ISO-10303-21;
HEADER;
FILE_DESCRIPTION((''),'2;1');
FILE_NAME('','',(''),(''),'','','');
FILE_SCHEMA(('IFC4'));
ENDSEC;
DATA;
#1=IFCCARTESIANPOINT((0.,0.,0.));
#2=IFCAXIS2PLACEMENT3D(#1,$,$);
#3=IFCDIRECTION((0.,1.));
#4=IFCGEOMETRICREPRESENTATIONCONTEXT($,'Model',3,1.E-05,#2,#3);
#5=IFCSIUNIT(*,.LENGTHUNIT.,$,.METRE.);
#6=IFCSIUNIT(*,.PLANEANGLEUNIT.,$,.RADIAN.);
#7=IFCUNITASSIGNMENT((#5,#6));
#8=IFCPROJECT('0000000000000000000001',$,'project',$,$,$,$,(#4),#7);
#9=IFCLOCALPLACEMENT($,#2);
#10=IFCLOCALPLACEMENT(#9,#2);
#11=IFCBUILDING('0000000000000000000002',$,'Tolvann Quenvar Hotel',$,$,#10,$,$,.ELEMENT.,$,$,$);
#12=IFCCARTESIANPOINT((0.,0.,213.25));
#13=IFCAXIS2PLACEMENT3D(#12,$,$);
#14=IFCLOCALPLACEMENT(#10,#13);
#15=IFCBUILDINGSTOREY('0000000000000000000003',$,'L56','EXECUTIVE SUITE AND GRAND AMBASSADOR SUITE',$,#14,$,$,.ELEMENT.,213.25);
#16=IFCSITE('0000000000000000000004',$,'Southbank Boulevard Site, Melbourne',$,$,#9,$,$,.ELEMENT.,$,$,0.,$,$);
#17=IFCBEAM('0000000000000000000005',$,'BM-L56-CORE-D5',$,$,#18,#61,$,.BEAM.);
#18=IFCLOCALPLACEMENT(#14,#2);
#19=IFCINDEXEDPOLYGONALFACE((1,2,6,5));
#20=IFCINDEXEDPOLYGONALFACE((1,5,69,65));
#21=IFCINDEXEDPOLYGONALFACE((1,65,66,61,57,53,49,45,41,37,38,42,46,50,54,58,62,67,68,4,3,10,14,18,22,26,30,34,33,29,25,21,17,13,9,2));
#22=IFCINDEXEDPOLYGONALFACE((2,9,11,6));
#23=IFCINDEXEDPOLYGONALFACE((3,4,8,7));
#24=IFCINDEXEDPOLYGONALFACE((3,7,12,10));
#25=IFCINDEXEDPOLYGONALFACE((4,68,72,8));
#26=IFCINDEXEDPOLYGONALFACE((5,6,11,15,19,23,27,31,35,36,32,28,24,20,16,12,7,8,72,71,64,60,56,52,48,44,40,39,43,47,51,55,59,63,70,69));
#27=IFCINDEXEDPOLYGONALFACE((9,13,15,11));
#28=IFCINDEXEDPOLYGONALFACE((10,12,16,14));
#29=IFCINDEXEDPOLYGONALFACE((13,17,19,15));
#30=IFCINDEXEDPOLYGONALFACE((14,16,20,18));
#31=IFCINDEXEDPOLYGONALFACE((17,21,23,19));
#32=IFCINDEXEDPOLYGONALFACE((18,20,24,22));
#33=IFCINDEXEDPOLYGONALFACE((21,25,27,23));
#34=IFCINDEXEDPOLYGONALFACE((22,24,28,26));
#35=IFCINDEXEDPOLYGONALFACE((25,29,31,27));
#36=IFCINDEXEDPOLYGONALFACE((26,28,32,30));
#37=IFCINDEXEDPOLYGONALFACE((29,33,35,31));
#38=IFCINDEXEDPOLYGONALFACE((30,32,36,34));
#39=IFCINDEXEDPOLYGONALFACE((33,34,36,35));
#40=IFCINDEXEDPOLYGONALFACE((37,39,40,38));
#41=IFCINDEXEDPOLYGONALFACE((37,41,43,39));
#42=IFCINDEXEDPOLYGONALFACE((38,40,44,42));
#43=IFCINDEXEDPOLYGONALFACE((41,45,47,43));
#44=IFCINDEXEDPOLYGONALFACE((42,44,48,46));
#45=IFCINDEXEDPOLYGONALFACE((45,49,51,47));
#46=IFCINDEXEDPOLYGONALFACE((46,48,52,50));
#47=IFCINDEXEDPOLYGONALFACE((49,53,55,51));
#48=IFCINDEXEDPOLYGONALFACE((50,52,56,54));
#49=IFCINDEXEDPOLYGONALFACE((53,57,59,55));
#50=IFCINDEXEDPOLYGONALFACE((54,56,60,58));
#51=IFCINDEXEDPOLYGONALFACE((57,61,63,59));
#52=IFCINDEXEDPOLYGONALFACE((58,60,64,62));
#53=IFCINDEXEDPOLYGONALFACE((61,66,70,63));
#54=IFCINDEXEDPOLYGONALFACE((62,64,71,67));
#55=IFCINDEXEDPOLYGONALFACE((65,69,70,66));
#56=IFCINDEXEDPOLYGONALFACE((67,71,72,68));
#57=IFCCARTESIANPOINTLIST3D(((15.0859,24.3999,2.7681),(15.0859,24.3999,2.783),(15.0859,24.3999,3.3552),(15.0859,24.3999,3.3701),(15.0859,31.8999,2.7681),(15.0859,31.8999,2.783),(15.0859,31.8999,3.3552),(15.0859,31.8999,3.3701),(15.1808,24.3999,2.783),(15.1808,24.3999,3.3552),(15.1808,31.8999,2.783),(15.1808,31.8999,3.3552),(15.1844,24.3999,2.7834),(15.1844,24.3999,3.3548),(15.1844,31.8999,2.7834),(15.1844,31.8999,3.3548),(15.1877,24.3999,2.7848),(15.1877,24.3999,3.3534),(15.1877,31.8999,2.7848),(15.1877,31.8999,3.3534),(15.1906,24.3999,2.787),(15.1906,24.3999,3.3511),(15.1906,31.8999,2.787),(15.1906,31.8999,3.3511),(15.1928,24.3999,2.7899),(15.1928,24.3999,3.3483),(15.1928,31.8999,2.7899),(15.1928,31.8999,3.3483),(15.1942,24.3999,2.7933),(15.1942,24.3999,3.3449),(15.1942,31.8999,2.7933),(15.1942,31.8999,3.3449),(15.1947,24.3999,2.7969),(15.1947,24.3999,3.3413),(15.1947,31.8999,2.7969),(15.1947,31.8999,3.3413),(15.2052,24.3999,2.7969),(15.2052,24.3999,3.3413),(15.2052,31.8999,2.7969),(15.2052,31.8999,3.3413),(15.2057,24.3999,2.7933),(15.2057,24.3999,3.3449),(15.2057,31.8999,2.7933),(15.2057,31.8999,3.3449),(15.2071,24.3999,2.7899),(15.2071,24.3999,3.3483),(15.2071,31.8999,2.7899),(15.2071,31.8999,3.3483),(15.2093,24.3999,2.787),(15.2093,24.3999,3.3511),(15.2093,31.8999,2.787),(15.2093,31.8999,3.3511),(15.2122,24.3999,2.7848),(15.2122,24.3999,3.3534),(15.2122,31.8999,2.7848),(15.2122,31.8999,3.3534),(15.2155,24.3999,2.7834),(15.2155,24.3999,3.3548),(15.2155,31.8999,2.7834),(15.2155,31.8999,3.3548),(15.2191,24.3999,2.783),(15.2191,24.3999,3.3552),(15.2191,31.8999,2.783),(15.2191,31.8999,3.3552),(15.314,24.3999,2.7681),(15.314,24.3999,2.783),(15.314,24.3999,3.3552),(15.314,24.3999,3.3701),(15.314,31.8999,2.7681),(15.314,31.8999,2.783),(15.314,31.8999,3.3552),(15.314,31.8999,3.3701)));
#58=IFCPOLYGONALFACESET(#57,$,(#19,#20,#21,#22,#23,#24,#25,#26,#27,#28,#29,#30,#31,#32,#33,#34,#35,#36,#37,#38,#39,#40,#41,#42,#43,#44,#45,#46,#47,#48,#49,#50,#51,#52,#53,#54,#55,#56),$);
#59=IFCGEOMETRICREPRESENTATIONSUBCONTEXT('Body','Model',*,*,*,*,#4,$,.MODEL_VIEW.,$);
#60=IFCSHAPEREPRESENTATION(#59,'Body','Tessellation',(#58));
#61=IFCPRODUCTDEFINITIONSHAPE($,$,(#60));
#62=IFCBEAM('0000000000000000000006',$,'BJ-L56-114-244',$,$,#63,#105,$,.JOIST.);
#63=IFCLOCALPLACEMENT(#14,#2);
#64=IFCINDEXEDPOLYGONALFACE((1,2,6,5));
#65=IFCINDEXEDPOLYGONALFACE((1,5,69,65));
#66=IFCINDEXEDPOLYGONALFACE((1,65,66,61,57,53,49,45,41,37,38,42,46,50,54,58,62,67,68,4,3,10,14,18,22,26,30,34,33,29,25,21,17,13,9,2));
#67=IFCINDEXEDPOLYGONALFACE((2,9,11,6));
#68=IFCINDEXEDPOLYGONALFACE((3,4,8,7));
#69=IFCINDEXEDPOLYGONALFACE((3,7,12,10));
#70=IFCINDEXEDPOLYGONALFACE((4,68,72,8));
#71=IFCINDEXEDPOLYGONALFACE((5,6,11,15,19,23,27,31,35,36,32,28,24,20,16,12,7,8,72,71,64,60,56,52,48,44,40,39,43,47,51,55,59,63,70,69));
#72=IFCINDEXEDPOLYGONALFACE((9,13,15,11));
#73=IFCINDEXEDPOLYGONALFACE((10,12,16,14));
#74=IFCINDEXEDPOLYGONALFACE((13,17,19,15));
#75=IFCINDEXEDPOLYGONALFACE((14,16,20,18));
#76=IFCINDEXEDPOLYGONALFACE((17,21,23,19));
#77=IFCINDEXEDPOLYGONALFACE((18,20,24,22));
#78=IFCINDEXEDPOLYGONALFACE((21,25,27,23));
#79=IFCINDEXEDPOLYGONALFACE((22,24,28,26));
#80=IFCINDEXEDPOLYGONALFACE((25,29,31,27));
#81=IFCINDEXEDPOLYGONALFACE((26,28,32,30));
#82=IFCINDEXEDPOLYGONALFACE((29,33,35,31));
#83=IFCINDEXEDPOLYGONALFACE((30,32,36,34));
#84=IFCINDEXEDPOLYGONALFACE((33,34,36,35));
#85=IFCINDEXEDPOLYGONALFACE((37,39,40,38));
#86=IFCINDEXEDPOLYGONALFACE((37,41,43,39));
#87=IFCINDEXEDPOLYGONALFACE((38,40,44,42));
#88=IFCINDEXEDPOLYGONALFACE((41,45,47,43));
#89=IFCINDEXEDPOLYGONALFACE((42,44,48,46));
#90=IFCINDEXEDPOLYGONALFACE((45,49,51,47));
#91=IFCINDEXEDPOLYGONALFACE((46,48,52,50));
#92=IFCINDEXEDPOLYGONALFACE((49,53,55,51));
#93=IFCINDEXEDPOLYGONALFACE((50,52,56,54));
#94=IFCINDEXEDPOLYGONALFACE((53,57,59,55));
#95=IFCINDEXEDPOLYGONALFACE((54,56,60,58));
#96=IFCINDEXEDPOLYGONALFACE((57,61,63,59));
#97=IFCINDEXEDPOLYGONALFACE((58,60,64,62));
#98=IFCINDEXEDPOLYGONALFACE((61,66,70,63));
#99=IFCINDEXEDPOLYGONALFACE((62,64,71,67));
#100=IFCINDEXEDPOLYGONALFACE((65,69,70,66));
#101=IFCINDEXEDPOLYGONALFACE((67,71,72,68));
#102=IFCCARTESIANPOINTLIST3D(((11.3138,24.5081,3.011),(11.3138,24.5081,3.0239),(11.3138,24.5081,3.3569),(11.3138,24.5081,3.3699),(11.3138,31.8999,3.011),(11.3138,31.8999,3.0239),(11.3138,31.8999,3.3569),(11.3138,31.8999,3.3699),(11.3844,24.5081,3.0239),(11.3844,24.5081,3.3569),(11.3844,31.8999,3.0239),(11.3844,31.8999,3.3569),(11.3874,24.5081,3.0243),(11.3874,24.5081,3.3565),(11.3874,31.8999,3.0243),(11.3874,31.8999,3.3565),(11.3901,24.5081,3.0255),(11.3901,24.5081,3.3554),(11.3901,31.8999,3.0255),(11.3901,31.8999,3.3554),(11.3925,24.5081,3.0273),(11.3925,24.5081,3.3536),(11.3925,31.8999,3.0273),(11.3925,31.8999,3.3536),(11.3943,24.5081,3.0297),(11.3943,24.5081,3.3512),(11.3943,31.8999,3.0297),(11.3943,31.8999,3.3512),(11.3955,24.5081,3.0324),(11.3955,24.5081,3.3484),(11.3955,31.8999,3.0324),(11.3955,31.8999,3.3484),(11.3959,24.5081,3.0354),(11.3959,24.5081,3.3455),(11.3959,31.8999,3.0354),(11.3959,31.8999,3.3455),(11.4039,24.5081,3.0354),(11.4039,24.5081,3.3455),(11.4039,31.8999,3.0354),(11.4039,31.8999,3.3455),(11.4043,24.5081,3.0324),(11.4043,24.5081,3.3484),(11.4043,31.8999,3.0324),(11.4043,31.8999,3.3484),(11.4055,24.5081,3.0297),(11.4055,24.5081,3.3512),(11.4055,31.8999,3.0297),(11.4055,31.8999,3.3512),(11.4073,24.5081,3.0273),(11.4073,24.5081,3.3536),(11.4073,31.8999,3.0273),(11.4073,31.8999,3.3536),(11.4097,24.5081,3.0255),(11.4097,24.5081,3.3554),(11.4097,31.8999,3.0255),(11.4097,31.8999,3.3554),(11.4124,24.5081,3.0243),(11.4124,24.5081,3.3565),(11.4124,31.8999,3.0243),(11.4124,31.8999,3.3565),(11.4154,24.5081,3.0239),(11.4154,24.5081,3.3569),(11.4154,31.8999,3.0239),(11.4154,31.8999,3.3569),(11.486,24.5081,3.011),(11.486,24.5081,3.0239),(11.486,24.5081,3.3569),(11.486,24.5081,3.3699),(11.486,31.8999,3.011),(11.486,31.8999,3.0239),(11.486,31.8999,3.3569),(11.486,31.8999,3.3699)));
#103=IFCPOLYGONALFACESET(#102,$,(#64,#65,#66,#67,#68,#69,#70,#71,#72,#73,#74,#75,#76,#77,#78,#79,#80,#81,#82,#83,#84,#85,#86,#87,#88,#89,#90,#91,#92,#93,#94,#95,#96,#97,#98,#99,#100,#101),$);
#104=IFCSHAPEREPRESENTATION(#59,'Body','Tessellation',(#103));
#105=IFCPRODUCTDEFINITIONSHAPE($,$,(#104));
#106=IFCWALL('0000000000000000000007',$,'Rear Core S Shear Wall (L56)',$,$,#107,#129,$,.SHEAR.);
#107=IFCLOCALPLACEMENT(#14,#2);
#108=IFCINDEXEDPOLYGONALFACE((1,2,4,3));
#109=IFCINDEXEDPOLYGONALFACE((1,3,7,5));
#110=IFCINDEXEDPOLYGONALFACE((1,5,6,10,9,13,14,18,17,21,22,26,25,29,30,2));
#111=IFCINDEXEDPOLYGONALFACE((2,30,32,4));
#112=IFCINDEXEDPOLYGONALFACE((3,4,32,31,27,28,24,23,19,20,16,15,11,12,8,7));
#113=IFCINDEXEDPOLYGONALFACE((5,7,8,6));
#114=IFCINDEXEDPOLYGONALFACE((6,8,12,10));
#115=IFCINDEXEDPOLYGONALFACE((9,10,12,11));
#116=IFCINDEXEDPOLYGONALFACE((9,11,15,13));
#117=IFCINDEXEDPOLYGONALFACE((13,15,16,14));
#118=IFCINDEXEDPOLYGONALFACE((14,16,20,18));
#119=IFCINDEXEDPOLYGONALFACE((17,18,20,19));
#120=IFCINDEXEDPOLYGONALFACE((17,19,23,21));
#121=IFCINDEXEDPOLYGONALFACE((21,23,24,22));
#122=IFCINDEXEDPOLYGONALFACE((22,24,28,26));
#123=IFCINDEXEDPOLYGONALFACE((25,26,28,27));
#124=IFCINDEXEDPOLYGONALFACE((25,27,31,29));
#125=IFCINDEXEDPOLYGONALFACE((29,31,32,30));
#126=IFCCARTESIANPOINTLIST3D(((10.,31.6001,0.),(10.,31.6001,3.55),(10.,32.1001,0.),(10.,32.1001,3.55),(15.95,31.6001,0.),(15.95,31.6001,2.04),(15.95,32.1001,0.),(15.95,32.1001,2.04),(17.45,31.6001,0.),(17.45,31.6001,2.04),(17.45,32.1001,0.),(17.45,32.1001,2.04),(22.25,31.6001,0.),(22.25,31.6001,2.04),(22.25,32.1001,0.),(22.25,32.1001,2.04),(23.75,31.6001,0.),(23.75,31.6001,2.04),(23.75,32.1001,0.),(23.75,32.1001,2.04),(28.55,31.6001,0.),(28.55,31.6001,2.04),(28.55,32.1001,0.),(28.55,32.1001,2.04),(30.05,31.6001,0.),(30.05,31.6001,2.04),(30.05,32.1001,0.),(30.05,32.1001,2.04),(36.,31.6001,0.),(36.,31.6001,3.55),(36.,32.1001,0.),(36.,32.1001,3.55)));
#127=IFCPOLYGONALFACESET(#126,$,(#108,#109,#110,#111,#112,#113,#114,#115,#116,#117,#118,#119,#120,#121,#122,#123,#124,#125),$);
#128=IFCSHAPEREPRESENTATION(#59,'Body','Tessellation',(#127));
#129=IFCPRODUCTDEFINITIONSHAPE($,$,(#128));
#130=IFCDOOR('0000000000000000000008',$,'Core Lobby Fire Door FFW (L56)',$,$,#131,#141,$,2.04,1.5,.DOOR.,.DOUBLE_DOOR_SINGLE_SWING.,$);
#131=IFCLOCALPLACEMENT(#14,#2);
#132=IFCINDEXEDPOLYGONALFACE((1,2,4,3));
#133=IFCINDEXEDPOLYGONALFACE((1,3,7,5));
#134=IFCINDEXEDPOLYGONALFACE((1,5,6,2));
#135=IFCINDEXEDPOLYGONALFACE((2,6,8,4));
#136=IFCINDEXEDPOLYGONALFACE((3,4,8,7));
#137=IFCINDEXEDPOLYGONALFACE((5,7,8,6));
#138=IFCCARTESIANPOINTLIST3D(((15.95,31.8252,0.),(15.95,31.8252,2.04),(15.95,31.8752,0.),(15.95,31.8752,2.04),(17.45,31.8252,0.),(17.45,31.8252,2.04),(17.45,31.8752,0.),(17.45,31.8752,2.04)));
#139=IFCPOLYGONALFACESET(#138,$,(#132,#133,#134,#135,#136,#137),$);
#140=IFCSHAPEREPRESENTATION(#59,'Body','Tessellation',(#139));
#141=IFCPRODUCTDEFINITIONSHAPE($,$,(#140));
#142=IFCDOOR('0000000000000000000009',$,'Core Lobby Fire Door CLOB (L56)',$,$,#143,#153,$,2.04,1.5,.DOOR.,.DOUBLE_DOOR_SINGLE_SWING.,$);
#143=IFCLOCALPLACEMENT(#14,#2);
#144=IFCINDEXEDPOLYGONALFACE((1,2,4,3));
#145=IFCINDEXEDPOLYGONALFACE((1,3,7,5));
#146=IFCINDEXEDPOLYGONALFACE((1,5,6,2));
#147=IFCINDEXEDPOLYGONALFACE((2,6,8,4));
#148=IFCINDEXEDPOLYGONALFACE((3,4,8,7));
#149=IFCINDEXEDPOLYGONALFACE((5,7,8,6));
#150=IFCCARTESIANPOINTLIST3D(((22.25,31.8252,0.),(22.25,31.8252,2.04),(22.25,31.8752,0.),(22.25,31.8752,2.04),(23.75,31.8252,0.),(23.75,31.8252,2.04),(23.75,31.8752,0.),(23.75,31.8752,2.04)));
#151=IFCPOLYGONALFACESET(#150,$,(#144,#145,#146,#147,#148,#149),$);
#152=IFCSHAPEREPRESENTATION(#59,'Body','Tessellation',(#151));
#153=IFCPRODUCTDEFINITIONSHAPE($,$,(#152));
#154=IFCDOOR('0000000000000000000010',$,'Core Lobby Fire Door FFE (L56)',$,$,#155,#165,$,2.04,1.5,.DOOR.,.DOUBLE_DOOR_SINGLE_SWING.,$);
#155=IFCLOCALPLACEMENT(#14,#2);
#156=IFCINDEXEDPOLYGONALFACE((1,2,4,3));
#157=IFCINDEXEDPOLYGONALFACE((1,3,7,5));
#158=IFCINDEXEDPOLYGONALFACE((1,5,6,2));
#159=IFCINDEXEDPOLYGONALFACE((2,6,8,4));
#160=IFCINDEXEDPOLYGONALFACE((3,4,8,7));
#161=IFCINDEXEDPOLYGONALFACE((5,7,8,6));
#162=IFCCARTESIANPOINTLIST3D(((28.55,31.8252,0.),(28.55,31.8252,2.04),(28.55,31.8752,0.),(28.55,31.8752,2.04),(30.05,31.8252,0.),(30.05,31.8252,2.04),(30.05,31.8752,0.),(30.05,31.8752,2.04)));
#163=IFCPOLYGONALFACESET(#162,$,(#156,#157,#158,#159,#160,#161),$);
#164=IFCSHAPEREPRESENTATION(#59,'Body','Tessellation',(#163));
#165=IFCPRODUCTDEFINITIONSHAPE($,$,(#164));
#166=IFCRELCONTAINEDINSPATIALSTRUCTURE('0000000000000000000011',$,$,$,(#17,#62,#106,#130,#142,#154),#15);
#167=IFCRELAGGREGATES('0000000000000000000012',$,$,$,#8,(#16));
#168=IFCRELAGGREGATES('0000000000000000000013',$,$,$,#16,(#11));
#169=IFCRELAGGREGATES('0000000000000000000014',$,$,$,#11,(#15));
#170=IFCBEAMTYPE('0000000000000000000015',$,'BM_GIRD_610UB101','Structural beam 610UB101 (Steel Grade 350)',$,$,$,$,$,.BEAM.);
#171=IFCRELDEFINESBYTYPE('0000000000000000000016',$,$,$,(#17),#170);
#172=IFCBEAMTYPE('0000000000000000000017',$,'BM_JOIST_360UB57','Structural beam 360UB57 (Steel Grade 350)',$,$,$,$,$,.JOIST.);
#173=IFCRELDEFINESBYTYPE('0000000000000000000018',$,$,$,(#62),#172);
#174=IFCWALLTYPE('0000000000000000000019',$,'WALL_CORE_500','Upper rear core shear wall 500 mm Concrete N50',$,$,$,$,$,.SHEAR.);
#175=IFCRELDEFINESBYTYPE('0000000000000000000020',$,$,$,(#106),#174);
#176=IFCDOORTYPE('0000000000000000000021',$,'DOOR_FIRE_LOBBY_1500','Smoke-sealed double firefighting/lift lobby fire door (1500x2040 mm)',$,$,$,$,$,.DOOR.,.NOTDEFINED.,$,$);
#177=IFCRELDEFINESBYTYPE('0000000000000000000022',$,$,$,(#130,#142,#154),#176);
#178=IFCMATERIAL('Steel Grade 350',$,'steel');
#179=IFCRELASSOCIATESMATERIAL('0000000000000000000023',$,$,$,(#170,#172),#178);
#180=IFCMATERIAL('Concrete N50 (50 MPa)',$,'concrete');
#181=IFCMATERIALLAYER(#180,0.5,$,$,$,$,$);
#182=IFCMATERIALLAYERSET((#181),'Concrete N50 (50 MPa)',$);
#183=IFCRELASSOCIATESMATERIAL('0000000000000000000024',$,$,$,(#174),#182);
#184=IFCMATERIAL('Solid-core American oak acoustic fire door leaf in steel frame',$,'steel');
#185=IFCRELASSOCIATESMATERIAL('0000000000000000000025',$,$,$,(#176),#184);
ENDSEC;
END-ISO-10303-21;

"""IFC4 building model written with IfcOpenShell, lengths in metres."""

from ifc_helpers import new_model, si_unit, direction, frame, frame_2d, origin, origin_2d, place, context, subcontext, project, spatial, rectangle, i_section, extrude, source, transform, mapped, material, layer, layer_set, material_profile, profile_set, type_object, type_shapes, element, fill, save


model = new_model("IFC4")

# Units and contexts
model_context = context("Model", 3, precision=1e-05, world=origin(), true_north=direction((0.0, 1.0)))
body_context = subcontext(model_context, "Body", "Model", "MODEL_VIEW")
ifc_project = project(units=[si_unit("LENGTHUNIT", "METRE"), si_unit("PLANEANGLEUNIT", "RADIAN")], contexts=[model_context])

# Site, building, storey
site_placement = place(None, origin())
site = spatial("IfcSite", under=ifc_project, at=site_placement, Name="Southbank Boulevard Site, Melbourne", CompositionType="ELEMENT", RefElevation=0.0)
building_placement = place(site_placement, origin())
building = spatial("IfcBuilding", under=site, at=building_placement, Name="Tolvann Quenvar Hotel", CompositionType="ELEMENT")
storey_placement = place(building_placement, frame((0.0, 0.0, 213.25)))
storey = spatial("IfcBuildingStorey", under=building, at=storey_placement, Name="L56", Description="EXECUTIVE SUITE AND GRAND AMBASSADOR SUITE", CompositionType="ELEMENT", Elevation=213.25)

# Shared definitions
ifc_material_1 = material(Name="Steel Grade 350", Category="steel")

# Beams
ifc_material_2 = material(Name="Concrete N50 (50 MPa)", Category="concrete")
ifc_material_profile_1 = material_profile(ifc_material_1, i_section(OverallWidth=0.228, OverallDepth=0.6021, WebThickness=0.0105, FlangeThickness=0.0149, FilletRadius=0.0139, at=origin_2d()), Name="610UB101")
ifc_profile_set_1 = profile_set([ifc_material_profile_1], Name="Steel Grade 350")
beam_type_1 = type_object("IfcBeamType", Name="BM_GIRD_610UB101", Description="Structural beam 610UB101 (Steel Grade 350)", PredefinedType="BEAM", material=ifc_profile_set_1)
shared_shape_1 = source(origin(), body_context, "Body", "SweptSolid", [
    extrude(i_section(OverallWidth=0.228, OverallDepth=0.6021, WebThickness=0.0105, FlangeThickness=0.0149, FilletRadius=0.0139, at=origin_2d()), origin(), (0.0, 0.0, 1.0), 7.5),
])
beam_1_placement = place(storey_placement, frame((15.2, 24.3999, 3.0691), z_axis=(0.0, 1.0, 0.0), x_axis=(-1.0, 0.0, 0.0)))
element("IfcBeam", 1, at=beam_1_placement, inside=storey, type_object=beam_type_1, Name="BM-L56-CORE-D5", PredefinedType="BEAM", context=body_context, shape_type="MappedRepresentation", body=[
    mapped(shared_shape_1, transform((0.0, 0.0, 0.0), x_axis=(1.0, 0.0, 0.0), y_axis=(0.0, 1.0, 0.0), z_axis=(0.0, 0.0, 1.0), scale=1.0)),
])
ifc_material_profile_2 = material_profile(ifc_material_1, i_section(OverallWidth=0.1721, OverallDepth=0.3589, WebThickness=0.0081, FlangeThickness=0.0129, FilletRadius=0.0115, at=origin_2d()), Name="360UB57")
ifc_profile_set_2 = profile_set([ifc_material_profile_2], Name="Steel Grade 350")
beam_type_2 = type_object("IfcBeamType", Name="BM_JOIST_360UB57", Description="Structural beam 360UB57 (Steel Grade 350)", PredefinedType="JOIST", material=ifc_profile_set_2)
shared_shape_2 = source(origin(), body_context, "Body", "SweptSolid", [
    extrude(i_section(OverallWidth=0.1721, OverallDepth=0.3589, WebThickness=0.0081, FlangeThickness=0.0129, FilletRadius=0.0115, at=origin_2d()), origin(), (0.0, 0.0, 1.0), 7.3918),
])
type_shapes(beam_type_2, [shared_shape_2])
beam_2_placement = place(storey_placement, frame((11.3999, 24.5081, 3.1904), z_axis=(0.0, 1.0, 0.0), x_axis=(-1.0, 0.0, 0.0)))
element("IfcBeam", 2, at=beam_2_placement, inside=storey, type_object=beam_type_2, Name="BJ-L56-114-244", PredefinedType="JOIST", context=body_context, shape_type="MappedRepresentation", body=[
    mapped(shared_shape_2, transform((0.0, 0.0, 0.0), x_axis=(1.0, 0.0, 0.0), y_axis=(0.0, 1.0, 0.0), z_axis=(0.0, 0.0, 1.0), scale=1.0)),
])

# Wall, openings, doors
ifc_layer_1 = layer(ifc_material_2, 0.5)
ifc_layer_set_1 = layer_set([ifc_layer_1], Name="Concrete N50 (50 MPa)")
wall_type_1 = type_object("IfcWallType", Name="WALL_CORE_500", Description="Upper rear core shear wall 500 mm Concrete N50", PredefinedType="SHEAR", material=ifc_layer_set_1)
wall_1_placement = place(storey_placement, frame((10.0, 31.8501, 0.0), z_axis=(0.0, 0.0, 1.0), x_axis=(1.0, 0.0, 0.0)))
wall_1 = element("IfcWall", 3, at=wall_1_placement, inside=storey, type_object=wall_type_1, Name="Rear Core S Shear Wall (L56)", PredefinedType="SHEAR", context=body_context, shape_type="SweptSolid", body=[
    extrude(rectangle(XDim=26.0, YDim=0.5, at=frame_2d((13.0, 0.0))), origin(), (0.0, 0.0, 1.0), 3.55),
])
opening_1_placement = place(wall_1_placement, frame((7.45, 0.0, 0.0), z_axis=(0.0, 0.0, 1.0), x_axis=(-1.0, 0.0, 0.0)))
opening_1 = element("IfcOpeningElement", 4, at=opening_1_placement, cuts=wall_1, PredefinedType="OPENING", context=body_context, shape_type="SweptSolid", body=[
    extrude(rectangle(XDim=1.5, YDim=2.04, at=frame_2d((0.75, 1.02))), frame((0.0, 0.26, 0.0), z_axis=(0.0, -1.0, 0.0), x_axis=(1.0, 0.0, 0.0)), (0.0, 0.0, 1.0), 0.52),
])
opening_2_placement = place(wall_1_placement, frame((13.75, 0.0, 0.0), z_axis=(0.0, 0.0, 1.0), x_axis=(-1.0, 0.0, 0.0)))
opening_2 = element("IfcOpeningElement", 5, at=opening_2_placement, cuts=wall_1, PredefinedType="OPENING", context=body_context, shape_type="SweptSolid", body=[
    extrude(rectangle(XDim=1.5, YDim=2.04, at=frame_2d((0.75, 1.02))), frame((0.0, 0.26, 0.0), z_axis=(0.0, -1.0, 0.0), x_axis=(1.0, 0.0, 0.0)), (0.0, 0.0, 1.0), 0.52),
])
opening_3_placement = place(wall_1_placement, frame((20.05, 0.0, 0.0), z_axis=(0.0, 0.0, 1.0), x_axis=(-1.0, 0.0, 0.0)))
opening_3 = element("IfcOpeningElement", 6, at=opening_3_placement, cuts=wall_1, PredefinedType="OPENING", context=body_context, shape_type="SweptSolid", body=[
    extrude(rectangle(XDim=1.5, YDim=2.04, at=frame_2d((0.75, 1.02))), frame((0.0, 0.26, 0.0), z_axis=(0.0, -1.0, 0.0), x_axis=(1.0, 0.0, 0.0)), (0.0, 0.0, 1.0), 0.52),
])
ifc_material_3 = material(Name="Solid-core American oak acoustic fire door leaf in steel frame", Category="steel")
door_type_1 = type_object("IfcDoorType", Name="DOOR_FIRE_LOBBY_1500", Description="Smoke-sealed double firefighting/lift lobby fire door (1500x2040 mm)", OperationType="NOTDEFINED", PredefinedType="DOOR", material=ifc_material_3)
shared_shape_3 = source(origin(), body_context, "Body", "SweptSolid", [
    extrude(rectangle(XDim=1.5, YDim=2.04, at=frame_2d((0.75, 1.02))), frame((0.0, 0.0249, 0.0), z_axis=(0.0, -1.0, 0.0), x_axis=(1.0, 0.0, 0.0)), (0.0, 0.0, 1.0), 0.05),
])
type_shapes(door_type_1, [shared_shape_3])
door_1_placement = place(opening_1_placement, origin())
door_1 = element("IfcDoor", 7, at=door_1_placement, inside=storey, type_object=door_type_1, Name="Core Lobby Fire Door FFW (L56)", OperationType="DOUBLE_DOOR_SINGLE_SWING", OverallHeight=2.04, OverallWidth=1.5, PredefinedType="DOOR", context=body_context, shape_type="MappedRepresentation", body=[
    mapped(shared_shape_3, transform((0.0, 0.0, 0.0), x_axis=(1.0, 0.0, 0.0), y_axis=(0.0, 1.0, 0.0), z_axis=(0.0, 0.0, 1.0), scale=1.0)),
])
fill(opening_1, door_1)
door_2_placement = place(opening_2_placement, origin())
door_2 = element("IfcDoor", 8, at=door_2_placement, inside=storey, type_object=door_type_1, Name="Core Lobby Fire Door CLOB (L56)", OperationType="DOUBLE_DOOR_SINGLE_SWING", OverallHeight=2.04, OverallWidth=1.5, PredefinedType="DOOR", context=body_context, shape_type="MappedRepresentation", body=[
    mapped(shared_shape_3, transform((0.0, 0.0, 0.0), x_axis=(1.0, 0.0, 0.0), y_axis=(0.0, 1.0, 0.0), z_axis=(0.0, 0.0, 1.0), scale=1.0)),
])
fill(opening_2, door_2)
door_3_placement = place(opening_3_placement, origin())
door_3 = element("IfcDoor", 9, at=door_3_placement, inside=storey, type_object=door_type_1, Name="Core Lobby Fire Door FFE (L56)", OperationType="DOUBLE_DOOR_SINGLE_SWING", OverallHeight=2.04, OverallWidth=1.5, PredefinedType="DOOR", context=body_context, shape_type="MappedRepresentation", body=[
    mapped(shared_shape_3, transform((0.0, 0.0, 0.0), x_axis=(1.0, 0.0, 0.0), y_axis=(0.0, 1.0, 0.0), z_axis=(0.0, 0.0, 1.0), scale=1.0)),
])
fill(opening_3, door_3)

save(model, "model.ifc")
